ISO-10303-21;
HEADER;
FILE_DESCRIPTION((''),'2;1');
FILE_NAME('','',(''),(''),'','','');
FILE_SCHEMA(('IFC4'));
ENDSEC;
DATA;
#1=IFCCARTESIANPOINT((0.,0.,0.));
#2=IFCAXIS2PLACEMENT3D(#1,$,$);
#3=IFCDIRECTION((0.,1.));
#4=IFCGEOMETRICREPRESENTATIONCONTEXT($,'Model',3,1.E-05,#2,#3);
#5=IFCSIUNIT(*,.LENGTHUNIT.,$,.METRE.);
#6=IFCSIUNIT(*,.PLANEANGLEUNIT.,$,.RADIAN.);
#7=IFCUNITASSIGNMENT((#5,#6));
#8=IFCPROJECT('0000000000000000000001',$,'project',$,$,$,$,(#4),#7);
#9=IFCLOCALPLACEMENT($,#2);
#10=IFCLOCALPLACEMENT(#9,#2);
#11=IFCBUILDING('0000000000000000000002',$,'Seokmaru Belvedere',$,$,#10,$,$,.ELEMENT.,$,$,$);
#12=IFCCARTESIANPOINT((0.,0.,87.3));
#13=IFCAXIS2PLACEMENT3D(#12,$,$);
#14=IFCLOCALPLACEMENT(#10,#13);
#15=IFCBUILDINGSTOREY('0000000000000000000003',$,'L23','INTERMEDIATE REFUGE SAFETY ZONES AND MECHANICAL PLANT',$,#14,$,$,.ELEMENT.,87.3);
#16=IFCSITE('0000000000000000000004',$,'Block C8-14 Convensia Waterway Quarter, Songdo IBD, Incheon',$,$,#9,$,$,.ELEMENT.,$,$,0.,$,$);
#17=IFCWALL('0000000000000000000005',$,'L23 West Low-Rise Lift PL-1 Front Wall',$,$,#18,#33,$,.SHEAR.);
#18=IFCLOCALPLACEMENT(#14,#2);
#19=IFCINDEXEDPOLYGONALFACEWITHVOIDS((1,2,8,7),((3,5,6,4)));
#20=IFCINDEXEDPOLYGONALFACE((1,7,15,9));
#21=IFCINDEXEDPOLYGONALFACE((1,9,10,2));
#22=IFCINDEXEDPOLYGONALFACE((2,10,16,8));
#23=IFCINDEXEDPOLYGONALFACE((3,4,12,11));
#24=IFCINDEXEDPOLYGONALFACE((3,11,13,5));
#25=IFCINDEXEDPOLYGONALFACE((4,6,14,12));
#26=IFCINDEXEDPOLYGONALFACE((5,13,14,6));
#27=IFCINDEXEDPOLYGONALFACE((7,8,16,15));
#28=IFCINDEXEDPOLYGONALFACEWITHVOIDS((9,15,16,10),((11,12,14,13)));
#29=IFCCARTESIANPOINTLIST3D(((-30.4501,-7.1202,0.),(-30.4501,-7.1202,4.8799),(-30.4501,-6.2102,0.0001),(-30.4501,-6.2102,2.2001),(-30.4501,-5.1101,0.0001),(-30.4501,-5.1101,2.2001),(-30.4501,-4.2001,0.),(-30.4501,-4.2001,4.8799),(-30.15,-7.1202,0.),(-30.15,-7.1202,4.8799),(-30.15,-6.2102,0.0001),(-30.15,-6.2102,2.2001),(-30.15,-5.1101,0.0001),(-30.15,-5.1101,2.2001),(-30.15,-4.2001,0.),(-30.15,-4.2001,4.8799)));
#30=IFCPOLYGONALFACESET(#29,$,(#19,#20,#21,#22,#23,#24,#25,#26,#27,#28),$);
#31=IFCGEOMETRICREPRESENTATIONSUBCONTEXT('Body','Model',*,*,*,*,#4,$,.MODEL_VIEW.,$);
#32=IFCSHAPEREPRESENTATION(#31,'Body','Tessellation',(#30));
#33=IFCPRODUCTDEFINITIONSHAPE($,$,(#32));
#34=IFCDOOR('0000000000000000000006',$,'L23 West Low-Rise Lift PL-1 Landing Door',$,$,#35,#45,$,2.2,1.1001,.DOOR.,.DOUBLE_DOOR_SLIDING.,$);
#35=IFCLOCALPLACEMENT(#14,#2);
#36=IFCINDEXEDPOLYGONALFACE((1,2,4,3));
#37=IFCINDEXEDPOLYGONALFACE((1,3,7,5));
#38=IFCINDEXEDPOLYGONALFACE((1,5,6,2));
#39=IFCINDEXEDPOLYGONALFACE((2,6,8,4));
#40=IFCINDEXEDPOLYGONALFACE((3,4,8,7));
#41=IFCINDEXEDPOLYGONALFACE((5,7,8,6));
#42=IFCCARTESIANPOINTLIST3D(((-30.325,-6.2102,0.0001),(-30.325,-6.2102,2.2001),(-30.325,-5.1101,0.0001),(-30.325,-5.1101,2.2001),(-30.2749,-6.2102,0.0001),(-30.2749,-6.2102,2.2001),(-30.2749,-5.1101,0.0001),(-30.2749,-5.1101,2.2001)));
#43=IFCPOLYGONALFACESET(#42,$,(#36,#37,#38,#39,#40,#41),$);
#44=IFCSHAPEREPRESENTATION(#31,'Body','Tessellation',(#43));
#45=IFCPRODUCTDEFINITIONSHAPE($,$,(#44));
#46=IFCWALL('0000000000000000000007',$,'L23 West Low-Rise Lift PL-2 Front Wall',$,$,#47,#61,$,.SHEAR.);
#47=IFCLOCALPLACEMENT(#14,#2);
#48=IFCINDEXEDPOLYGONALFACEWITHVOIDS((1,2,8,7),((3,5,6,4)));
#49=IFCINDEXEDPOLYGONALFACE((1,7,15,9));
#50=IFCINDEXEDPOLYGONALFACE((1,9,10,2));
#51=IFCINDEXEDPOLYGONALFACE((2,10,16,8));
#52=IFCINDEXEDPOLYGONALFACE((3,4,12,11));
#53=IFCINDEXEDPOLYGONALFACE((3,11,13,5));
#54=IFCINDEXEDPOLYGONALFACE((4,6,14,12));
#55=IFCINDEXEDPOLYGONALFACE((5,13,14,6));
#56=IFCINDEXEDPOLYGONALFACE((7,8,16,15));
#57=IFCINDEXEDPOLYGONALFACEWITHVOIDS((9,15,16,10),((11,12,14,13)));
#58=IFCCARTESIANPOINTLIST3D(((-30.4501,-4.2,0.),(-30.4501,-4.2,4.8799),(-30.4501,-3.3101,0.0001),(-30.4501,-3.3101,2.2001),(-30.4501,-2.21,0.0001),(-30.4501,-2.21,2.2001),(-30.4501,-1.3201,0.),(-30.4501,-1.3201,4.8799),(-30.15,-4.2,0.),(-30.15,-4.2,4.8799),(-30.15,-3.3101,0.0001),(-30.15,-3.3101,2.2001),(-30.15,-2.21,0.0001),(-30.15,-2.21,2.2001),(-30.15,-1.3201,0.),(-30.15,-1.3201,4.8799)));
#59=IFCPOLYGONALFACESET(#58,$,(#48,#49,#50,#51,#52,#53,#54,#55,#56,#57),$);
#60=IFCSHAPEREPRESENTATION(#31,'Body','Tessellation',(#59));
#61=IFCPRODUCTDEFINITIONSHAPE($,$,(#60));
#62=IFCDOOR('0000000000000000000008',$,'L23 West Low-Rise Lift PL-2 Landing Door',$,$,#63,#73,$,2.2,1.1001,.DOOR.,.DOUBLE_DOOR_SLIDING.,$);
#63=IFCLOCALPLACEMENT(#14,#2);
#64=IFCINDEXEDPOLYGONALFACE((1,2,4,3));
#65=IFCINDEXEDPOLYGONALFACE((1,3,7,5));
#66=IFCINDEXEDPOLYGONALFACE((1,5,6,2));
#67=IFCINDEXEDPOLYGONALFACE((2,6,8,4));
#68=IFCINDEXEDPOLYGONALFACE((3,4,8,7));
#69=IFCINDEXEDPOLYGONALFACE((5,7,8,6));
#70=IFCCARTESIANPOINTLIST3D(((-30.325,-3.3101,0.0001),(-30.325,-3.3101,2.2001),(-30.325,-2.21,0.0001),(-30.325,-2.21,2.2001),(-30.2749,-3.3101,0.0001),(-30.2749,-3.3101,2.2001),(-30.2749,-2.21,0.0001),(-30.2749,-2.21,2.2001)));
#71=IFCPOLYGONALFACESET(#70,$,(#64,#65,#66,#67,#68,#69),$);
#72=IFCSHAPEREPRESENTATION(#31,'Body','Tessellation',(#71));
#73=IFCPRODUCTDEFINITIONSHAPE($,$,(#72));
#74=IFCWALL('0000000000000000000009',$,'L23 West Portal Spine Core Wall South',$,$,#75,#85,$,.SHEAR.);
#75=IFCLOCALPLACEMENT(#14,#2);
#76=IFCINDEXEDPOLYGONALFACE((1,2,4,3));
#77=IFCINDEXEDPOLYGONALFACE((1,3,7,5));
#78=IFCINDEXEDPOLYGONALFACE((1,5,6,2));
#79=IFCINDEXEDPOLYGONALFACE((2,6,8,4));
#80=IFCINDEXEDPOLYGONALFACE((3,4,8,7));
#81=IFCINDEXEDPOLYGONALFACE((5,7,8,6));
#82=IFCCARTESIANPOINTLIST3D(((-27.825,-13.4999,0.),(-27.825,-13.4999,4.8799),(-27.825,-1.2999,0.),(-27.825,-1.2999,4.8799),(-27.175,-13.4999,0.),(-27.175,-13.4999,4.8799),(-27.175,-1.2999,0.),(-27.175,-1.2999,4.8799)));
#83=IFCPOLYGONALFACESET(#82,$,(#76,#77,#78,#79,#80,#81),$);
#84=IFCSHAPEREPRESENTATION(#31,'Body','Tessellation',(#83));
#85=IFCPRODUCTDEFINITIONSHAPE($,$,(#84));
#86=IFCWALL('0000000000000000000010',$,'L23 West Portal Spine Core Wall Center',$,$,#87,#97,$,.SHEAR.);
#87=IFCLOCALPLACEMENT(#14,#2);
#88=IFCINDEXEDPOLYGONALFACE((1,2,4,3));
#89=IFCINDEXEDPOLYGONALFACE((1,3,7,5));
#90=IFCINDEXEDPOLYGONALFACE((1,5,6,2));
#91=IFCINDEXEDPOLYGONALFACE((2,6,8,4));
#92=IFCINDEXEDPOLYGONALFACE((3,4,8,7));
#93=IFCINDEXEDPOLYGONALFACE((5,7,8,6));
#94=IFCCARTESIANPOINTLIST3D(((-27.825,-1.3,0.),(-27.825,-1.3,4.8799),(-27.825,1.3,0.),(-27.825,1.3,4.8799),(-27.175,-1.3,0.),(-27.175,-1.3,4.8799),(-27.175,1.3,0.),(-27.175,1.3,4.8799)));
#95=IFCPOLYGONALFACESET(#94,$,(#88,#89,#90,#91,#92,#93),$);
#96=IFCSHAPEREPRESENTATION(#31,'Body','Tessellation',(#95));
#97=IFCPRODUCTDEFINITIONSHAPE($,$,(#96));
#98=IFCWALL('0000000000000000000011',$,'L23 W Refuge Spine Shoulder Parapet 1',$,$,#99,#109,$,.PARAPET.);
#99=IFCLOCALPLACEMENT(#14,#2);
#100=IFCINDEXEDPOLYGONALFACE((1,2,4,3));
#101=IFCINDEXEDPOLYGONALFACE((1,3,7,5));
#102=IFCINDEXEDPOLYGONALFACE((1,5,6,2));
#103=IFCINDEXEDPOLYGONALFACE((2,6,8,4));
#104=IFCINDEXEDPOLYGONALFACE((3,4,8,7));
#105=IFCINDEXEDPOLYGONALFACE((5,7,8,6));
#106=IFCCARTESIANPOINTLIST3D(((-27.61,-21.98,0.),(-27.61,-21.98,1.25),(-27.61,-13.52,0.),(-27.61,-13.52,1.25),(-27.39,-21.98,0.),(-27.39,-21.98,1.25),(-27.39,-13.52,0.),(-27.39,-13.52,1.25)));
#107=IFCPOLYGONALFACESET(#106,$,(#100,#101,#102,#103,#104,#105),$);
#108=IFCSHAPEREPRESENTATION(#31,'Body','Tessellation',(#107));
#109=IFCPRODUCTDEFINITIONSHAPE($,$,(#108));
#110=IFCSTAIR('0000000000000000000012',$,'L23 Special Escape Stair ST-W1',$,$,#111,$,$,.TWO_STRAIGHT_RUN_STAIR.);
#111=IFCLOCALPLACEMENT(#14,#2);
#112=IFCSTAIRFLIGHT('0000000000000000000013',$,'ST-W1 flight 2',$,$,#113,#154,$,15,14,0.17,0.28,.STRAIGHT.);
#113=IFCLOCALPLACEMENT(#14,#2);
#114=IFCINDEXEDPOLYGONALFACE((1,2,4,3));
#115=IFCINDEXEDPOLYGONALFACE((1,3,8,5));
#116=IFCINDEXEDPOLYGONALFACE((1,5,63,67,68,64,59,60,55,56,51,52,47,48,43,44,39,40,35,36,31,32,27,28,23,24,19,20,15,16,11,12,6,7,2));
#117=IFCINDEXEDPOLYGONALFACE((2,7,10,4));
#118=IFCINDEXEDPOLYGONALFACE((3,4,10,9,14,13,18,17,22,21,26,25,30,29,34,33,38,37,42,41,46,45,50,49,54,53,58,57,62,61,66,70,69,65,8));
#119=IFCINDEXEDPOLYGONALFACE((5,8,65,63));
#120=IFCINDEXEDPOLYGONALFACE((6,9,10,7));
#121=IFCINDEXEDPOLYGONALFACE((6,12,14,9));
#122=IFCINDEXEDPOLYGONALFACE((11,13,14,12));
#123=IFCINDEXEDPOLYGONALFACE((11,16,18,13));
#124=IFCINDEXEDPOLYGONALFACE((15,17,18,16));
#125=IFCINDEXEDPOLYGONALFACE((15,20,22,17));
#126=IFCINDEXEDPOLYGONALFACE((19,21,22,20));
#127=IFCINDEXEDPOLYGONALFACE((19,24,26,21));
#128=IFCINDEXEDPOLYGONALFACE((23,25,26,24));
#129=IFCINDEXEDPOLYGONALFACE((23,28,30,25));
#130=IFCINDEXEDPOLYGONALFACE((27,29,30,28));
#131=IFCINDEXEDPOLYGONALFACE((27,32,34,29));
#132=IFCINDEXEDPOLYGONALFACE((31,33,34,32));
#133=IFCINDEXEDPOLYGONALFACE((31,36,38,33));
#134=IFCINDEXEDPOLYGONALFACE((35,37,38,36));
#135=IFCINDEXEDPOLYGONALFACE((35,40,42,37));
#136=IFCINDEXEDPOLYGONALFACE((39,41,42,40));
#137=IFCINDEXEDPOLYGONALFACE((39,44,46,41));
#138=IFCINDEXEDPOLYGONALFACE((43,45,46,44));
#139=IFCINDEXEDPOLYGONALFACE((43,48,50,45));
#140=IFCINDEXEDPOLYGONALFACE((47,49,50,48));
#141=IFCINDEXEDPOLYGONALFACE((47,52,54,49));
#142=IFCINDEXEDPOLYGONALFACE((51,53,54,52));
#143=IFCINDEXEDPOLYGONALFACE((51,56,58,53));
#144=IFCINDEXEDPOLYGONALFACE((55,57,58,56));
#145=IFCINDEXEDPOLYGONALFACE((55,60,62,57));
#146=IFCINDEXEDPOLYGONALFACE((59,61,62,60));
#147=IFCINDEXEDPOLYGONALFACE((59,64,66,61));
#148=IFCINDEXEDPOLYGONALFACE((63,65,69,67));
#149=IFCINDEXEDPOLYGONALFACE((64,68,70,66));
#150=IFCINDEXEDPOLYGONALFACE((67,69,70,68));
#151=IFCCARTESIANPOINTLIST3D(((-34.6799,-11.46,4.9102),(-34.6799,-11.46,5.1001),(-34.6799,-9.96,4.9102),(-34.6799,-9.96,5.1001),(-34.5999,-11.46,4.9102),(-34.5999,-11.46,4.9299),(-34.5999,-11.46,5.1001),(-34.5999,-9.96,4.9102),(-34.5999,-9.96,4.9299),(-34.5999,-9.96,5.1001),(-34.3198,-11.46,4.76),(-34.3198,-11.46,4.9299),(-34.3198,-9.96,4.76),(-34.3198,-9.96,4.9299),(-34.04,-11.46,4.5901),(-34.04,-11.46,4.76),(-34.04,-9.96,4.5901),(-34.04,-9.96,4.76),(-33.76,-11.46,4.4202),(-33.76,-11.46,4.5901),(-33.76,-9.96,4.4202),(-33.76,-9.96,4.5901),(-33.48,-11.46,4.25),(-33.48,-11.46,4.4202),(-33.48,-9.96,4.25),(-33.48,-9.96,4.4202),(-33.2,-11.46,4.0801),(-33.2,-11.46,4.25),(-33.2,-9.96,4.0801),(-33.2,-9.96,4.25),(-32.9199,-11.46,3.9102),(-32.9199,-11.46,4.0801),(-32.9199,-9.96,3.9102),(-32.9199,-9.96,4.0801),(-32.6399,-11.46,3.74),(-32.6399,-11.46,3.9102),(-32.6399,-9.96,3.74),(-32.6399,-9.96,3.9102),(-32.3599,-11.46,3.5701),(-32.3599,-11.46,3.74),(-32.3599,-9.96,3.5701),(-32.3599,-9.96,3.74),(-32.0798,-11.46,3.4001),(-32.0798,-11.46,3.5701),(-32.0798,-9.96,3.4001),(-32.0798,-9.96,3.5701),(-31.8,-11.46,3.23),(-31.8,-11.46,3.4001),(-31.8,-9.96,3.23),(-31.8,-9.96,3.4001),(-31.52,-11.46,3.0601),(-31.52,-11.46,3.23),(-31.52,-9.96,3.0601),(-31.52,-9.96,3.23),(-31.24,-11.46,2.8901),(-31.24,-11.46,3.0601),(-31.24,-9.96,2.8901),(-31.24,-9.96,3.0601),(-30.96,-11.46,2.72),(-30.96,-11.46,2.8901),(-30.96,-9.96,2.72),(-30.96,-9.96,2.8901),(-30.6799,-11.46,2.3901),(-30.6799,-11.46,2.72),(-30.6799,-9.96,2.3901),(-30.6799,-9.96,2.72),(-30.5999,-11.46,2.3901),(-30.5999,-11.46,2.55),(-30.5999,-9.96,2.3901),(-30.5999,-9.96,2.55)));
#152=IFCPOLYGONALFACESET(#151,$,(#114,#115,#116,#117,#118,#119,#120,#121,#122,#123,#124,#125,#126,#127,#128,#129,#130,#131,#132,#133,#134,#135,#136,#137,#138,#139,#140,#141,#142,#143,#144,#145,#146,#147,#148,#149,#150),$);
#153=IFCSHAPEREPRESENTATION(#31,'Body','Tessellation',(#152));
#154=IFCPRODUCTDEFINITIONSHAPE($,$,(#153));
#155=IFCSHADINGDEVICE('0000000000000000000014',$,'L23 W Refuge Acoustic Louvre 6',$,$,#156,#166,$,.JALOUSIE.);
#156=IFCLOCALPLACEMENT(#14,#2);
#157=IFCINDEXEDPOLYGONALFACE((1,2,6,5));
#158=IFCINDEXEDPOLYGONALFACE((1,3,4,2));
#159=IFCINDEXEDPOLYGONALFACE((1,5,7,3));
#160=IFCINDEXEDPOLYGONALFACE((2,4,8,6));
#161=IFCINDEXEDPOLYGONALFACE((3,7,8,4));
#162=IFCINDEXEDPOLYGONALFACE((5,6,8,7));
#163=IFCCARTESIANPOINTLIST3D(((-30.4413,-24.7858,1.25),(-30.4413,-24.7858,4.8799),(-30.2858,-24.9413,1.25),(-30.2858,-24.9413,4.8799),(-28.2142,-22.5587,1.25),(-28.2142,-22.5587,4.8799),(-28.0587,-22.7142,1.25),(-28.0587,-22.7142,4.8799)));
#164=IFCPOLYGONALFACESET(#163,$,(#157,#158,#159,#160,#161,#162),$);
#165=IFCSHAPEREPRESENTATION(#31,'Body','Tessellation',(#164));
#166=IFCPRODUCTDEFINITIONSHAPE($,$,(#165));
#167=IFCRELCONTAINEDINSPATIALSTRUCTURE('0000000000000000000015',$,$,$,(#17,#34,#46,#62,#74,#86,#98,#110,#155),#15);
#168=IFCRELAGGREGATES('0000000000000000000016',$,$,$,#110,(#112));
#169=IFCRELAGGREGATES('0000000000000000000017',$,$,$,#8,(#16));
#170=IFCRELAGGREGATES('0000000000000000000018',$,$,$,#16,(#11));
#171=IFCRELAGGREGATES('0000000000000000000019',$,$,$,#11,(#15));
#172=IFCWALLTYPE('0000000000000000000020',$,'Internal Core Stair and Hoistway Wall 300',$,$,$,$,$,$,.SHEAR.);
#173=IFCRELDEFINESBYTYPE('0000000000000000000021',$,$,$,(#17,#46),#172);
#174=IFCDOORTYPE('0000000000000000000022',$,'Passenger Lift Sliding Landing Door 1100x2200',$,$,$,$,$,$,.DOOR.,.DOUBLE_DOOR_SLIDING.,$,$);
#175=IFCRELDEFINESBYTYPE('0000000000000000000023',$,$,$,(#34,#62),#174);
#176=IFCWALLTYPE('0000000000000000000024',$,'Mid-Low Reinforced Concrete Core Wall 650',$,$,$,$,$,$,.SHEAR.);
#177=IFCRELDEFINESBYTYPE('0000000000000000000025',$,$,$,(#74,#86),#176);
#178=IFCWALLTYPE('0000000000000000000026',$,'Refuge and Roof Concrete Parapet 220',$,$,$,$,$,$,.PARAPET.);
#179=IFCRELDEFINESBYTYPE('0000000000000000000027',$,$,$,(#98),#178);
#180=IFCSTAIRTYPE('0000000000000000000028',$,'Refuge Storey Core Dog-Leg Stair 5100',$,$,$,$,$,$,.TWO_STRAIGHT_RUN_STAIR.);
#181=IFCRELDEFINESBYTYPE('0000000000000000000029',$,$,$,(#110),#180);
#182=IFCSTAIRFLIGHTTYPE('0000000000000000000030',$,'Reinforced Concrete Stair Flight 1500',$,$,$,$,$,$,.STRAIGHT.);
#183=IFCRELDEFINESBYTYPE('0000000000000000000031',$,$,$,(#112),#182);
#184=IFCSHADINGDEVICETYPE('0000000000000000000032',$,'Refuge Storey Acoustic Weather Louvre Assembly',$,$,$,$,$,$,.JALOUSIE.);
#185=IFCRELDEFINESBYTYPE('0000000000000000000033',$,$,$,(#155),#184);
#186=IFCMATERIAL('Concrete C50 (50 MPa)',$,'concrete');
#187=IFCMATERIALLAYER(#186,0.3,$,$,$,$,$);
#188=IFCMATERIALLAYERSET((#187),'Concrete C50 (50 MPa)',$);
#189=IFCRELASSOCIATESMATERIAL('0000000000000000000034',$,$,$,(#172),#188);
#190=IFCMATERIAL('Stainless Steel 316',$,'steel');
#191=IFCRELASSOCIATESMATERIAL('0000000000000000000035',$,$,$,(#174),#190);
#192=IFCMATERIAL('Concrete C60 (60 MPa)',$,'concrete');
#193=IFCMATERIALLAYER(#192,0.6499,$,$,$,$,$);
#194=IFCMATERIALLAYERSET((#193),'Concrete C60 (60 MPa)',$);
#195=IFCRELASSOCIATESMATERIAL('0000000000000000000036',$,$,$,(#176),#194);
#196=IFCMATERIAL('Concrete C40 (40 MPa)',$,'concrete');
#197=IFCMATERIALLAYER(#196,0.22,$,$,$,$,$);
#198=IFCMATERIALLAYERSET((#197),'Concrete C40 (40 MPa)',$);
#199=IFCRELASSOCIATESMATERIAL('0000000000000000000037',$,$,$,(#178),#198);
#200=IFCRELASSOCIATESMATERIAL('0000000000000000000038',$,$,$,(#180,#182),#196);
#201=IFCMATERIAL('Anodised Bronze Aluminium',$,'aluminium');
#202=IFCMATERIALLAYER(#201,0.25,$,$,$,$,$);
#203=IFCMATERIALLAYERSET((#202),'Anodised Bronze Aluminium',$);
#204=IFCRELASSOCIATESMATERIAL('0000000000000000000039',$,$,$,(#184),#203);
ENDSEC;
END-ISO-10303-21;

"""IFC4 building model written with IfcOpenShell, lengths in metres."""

from ifc_helpers import new_model, si_unit, direction, frame, frame_2d, origin, origin_2d, place, context, subcontext, project, spatial, polyline, rectangle, outline, extrude, source, transform, mapped, material, layer, layer_set, type_object, type_shapes, element, fill, aggregate, save


model = new_model("IFC4")

# Units and contexts
model_context = context("Model", 3, precision=1e-05, world=origin(), true_north=direction((0.0, 1.0)))
body_context = subcontext(model_context, "Body", "Model", "MODEL_VIEW")
ifc_project = project(units=[si_unit("LENGTHUNIT", "METRE"), si_unit("PLANEANGLEUNIT", "RADIAN")], contexts=[model_context])

# Site, building, storey
site_placement = place(None, origin())
site = spatial("IfcSite", under=ifc_project, at=site_placement, Name="Block C8-14 Convensia Waterway Quarter, Songdo IBD, Incheon", CompositionType="ELEMENT", RefElevation=0.0)
building_placement = place(site_placement, origin())
building = spatial("IfcBuilding", under=site, at=building_placement, Name="Seokmaru Belvedere", CompositionType="ELEMENT")
storey_placement = place(building_placement, frame((0.0, 0.0, 87.3)))
storey = spatial("IfcBuildingStorey", under=building, at=storey_placement, Name="L23", Description="INTERMEDIATE REFUGE SAFETY ZONES AND MECHANICAL PLANT", CompositionType="ELEMENT", Elevation=87.3)

# Shared definitions
ifc_material_1 = material(Name="Concrete C50 (50 MPa)", Category="concrete")

# Walls, openings, doors
ifc_layer_1 = layer(ifc_material_1, 0.3)
ifc_layer_set_1 = layer_set([ifc_layer_1], Name="Concrete C50 (50 MPa)")
wall_type_1 = type_object("IfcWallType", Name="Internal Core Stair and Hoistway Wall 300", PredefinedType="SHEAR", material=ifc_layer_set_1)
ifc_material_2 = material(Name="Stainless Steel 316", Category="steel")
wall_1_placement = place(storey_placement, frame((-30.3, -7.1201, 0.0), z_axis=(0.0, 0.0, 1.0), x_axis=(0.0, 1.0, 0.0)))
wall_1 = element("IfcWall", 1, at=wall_1_placement, inside=storey, type_object=wall_type_1, Name="L23 West Low-Rise Lift PL-1 Front Wall", PredefinedType="SHEAR", context=body_context, shape_type="SweptSolid", body=[
    extrude(rectangle(XDim=2.9202, YDim=0.3, at=frame_2d((1.46, 0.0))), origin(), (0.0, 0.0, 1.0), 4.8799),
])
opening_1_placement = place(wall_1_placement, frame((0.9099, 0.0, 0.0)))
opening_1 = element("IfcOpeningElement", 2, at=opening_1_placement, cuts=wall_1, PredefinedType="OPENING", context=body_context, shape_type="SweptSolid", body=[
    extrude(rectangle(XDim=1.1001, YDim=2.2, at=frame_2d((0.55, 1.1001))), frame((0.0, 0.1602, 0.0), z_axis=(0.0, -1.0, 0.0), x_axis=(1.0, 0.0, 0.0)), (0.0, 0.0, 1.0), 0.3201),
])
door_type_1 = type_object("IfcDoorType", Name="Passenger Lift Sliding Landing Door 1100x2200", OperationType="DOUBLE_DOOR_SLIDING", PredefinedType="DOOR", material=ifc_material_2)
shared_shape_1 = source(origin(), body_context, "Body", "SweptSolid", [
    extrude(rectangle(XDim=1.1001, YDim=2.2, at=frame_2d((0.55, 1.1001))), frame((0.0, 0.0249, 0.0), z_axis=(0.0, -1.0, 0.0), x_axis=(1.0, 0.0, 0.0)), (0.0, 0.0, 1.0), 0.05),
])
type_shapes(door_type_1, [shared_shape_1])
door_1_placement = place(opening_1_placement, origin())
door_1 = element("IfcDoor", 3, at=door_1_placement, inside=storey, type_object=door_type_1, Name="L23 West Low-Rise Lift PL-1 Landing Door", OperationType="DOUBLE_DOOR_SLIDING", OverallHeight=2.2, OverallWidth=1.1001, PredefinedType="DOOR", context=body_context, shape_type="MappedRepresentation", body=[
    mapped(shared_shape_1, transform((0.0, 0.0, 0.0), scale=1.0)),
])
fill(opening_1, door_1)
wall_2_placement = place(storey_placement, frame((-30.3, -4.2, 0.0), z_axis=(0.0, 0.0, 1.0), x_axis=(0.0, 1.0, 0.0)))
wall_2 = element("IfcWall", 4, at=wall_2_placement, inside=storey, type_object=wall_type_1, Name="L23 West Low-Rise Lift PL-2 Front Wall", PredefinedType="SHEAR", context=body_context, shape_type="SweptSolid", body=[
    extrude(rectangle(XDim=2.8799, YDim=0.3, at=frame_2d((1.4399, 0.0))), origin(), (0.0, 0.0, 1.0), 4.8799),
])
opening_2_placement = place(wall_2_placement, frame((0.8899, 0.0, 0.0)))
opening_2 = element("IfcOpeningElement", 5, at=opening_2_placement, cuts=wall_2, PredefinedType="OPENING", context=body_context, shape_type="SweptSolid", body=[
    extrude(rectangle(XDim=1.1001, YDim=2.2, at=frame_2d((0.55, 1.1001))), frame((0.0, 0.1602, 0.0), z_axis=(0.0, -1.0, 0.0), x_axis=(1.0, 0.0, 0.0)), (0.0, 0.0, 1.0), 0.3201),
])
door_2_placement = place(opening_2_placement, origin())
door_2 = element("IfcDoor", 6, at=door_2_placement, inside=storey, type_object=door_type_1, Name="L23 West Low-Rise Lift PL-2 Landing Door", OperationType="DOUBLE_DOOR_SLIDING", OverallHeight=2.2, OverallWidth=1.1001, PredefinedType="DOOR", context=body_context, shape_type="MappedRepresentation", body=[
    mapped(shared_shape_1, transform((0.0, 0.0, 0.0), scale=1.0)),
])
fill(opening_2, door_2)

# Walls
ifc_material_3 = material(Name="Concrete C60 (60 MPa)", Category="concrete")
ifc_layer_2 = layer(ifc_material_3, 0.6499)
ifc_layer_set_2 = layer_set([ifc_layer_2], Name="Concrete C60 (60 MPa)")
wall_type_2 = type_object("IfcWallType", Name="Mid-Low Reinforced Concrete Core Wall 650", PredefinedType="SHEAR", material=ifc_layer_set_2)
wall_3_placement = place(storey_placement, frame((-27.5, -13.5, 0.0), z_axis=(0.0, 0.0, 1.0), x_axis=(0.0, 1.0, 0.0)))
element("IfcWall", 7, at=wall_3_placement, inside=storey, type_object=wall_type_2, Name="L23 West Portal Spine Core Wall South", PredefinedType="SHEAR", context=body_context, shape_type="SweptSolid", body=[
    extrude(rectangle(XDim=12.2, YDim=0.6499, at=frame_2d((6.1001, 0.0))), origin(), (0.0, 0.0, 1.0), 4.8799),
])
wall_4_placement = place(storey_placement, frame((-27.5, -1.3, 0.0), z_axis=(0.0, 0.0, 1.0), x_axis=(0.0, 1.0, 0.0)))
element("IfcWall", 8, at=wall_4_placement, inside=storey, type_object=wall_type_2, Name="L23 West Portal Spine Core Wall Center", PredefinedType="SHEAR", context=body_context, shape_type="SweptSolid", body=[
    extrude(rectangle(XDim=2.6001, YDim=0.6499, at=frame_2d((1.3, 0.0))), origin(), (0.0, 0.0, 1.0), 4.8799),
])
ifc_material_4 = material(Name="Concrete C40 (40 MPa)", Category="concrete")
ifc_layer_3 = layer(ifc_material_4, 0.22)
ifc_layer_set_3 = layer_set([ifc_layer_3], Name="Concrete C40 (40 MPa)")
wall_type_3 = type_object("IfcWallType", Name="Refuge and Roof Concrete Parapet 220", PredefinedType="PARAPET", material=ifc_layer_set_3)
wall_5_placement = place(storey_placement, frame((-27.5, -21.98, 0.0), z_axis=(0.0, 0.0, 1.0), x_axis=(0.0, 1.0, 0.0)))
element("IfcWall", 9, at=wall_5_placement, inside=storey, type_object=wall_type_3, Name="L23 W Refuge Spine Shoulder Parapet 1", PredefinedType="PARAPET", context=body_context, shape_type="SweptSolid", body=[
    extrude(rectangle(XDim=8.46, YDim=0.22, at=frame_2d((4.23, 0.0))), origin(), (0.0, 0.0, 1.0), 1.25),
])

# Stair, stair flight
stair_type = type_object("IfcStairType", Name="Refuge Storey Core Dog-Leg Stair 5100", PredefinedType="TWO_STRAIGHT_RUN_STAIR", material=ifc_material_4)
stair_placement = place(storey_placement, origin())
stair = element("IfcStair", 10, at=stair_placement, inside=storey, type_object=stair_type, Name="L23 Special Escape Stair ST-W1", PredefinedType="TWO_STRAIGHT_RUN_STAIR")
stair_flight_type = type_object("IfcStairFlightType", Name="Reinforced Concrete Stair Flight 1500", PredefinedType="STRAIGHT", material=ifc_material_4)
stair_flight_placement = place(storey_placement, frame((-30.6799, -10.71, 2.55), z_axis=(0.0, 0.0, 1.0), x_axis=(-1.0, 0.0, 0.0)))
stair_flight = element("IfcStairFlight", 11, at=stair_flight_placement, type_object=stair_flight_type, Name="ST-W1 flight 2", NumberOfRisers=15, NumberOfTreads=14, PredefinedType="STRAIGHT", RiserHeight=0.17, TreadLength=0.28, context=body_context, shape_type="SweptSolid", body=[
    extrude(outline(polyline([(-0.0801, 0.0), (0.0, 0.1699), (0.28, 0.1699), (0.28, 0.3401), (0.5601, 0.3401), (0.5601, 0.51), (0.8401, 0.51), (0.8401, 0.6799), (1.1201, 0.6799), (1.1201, 0.8501), (1.3999, 0.8501), (1.3999, 1.02), (1.6799, 1.02), (1.6799, 1.1899), (1.96, 1.1899), (1.96, 1.3601), (2.24, 1.3601), (2.24, 1.53), (2.52, 1.53), (2.52, 1.7), (2.8, 1.7), (2.8, 1.8701), (3.0801, 1.8701), (3.0801, 2.04), (3.3601, 2.04), (3.3601, 2.21), (3.6399, 2.21), (3.6399, 2.3799), (3.9199, 2.3799), (3.9199, 2.55), (4.0, 2.55), (4.0, 2.3601), (3.9199, 2.3601), (0.0, -0.1599), (-0.0801, -0.1599), (-0.0801, 0.0)])), frame((0.0, 0.75, 0.0), z_axis=(0.0, -1.0, 0.0), x_axis=(1.0, 0.0, 0.0)), (0.0, 0.0, 1.0), 1.5),
])
aggregate(stair, [stair_flight])

# Shading device
ifc_material_5 = material(Name="Anodised Bronze Aluminium", Category="aluminium")
ifc_layer_4 = layer(ifc_material_5, 0.25)
ifc_layer_set_4 = layer_set([ifc_layer_4], Name="Anodised Bronze Aluminium")
shading_device_type = type_object("IfcShadingDeviceType", Name="Refuge Storey Acoustic Weather Louvre Assembly", PredefinedType="JALOUSIE", material=ifc_layer_set_4)
shared_shape_2 = source(origin(), body_context, "Body", "SweptSolid", [
    extrude(rectangle(XDim=3.1497, YDim=0.22, at=origin_2d()), origin(), (0.0, 0.0, 1.0), 3.6299),
])
type_shapes(shading_device_type, [shared_shape_2])
shading_device_placement = place(storey_placement, frame((-29.25, -23.75, 1.25), z_axis=(0.0, 0.0, 1.0), x_axis=(0.707107, 0.707107, 0.0)))
element("IfcShadingDevice", 12, at=shading_device_placement, inside=storey, type_object=shading_device_type, Name="L23 W Refuge Acoustic Louvre 6", PredefinedType="JALOUSIE", context=body_context, shape_type="MappedRepresentation", body=[
    mapped(shared_shape_2, transform((0.0, 0.0, 0.0), scale=1.0)),
])

save(model, "model.ifc")
